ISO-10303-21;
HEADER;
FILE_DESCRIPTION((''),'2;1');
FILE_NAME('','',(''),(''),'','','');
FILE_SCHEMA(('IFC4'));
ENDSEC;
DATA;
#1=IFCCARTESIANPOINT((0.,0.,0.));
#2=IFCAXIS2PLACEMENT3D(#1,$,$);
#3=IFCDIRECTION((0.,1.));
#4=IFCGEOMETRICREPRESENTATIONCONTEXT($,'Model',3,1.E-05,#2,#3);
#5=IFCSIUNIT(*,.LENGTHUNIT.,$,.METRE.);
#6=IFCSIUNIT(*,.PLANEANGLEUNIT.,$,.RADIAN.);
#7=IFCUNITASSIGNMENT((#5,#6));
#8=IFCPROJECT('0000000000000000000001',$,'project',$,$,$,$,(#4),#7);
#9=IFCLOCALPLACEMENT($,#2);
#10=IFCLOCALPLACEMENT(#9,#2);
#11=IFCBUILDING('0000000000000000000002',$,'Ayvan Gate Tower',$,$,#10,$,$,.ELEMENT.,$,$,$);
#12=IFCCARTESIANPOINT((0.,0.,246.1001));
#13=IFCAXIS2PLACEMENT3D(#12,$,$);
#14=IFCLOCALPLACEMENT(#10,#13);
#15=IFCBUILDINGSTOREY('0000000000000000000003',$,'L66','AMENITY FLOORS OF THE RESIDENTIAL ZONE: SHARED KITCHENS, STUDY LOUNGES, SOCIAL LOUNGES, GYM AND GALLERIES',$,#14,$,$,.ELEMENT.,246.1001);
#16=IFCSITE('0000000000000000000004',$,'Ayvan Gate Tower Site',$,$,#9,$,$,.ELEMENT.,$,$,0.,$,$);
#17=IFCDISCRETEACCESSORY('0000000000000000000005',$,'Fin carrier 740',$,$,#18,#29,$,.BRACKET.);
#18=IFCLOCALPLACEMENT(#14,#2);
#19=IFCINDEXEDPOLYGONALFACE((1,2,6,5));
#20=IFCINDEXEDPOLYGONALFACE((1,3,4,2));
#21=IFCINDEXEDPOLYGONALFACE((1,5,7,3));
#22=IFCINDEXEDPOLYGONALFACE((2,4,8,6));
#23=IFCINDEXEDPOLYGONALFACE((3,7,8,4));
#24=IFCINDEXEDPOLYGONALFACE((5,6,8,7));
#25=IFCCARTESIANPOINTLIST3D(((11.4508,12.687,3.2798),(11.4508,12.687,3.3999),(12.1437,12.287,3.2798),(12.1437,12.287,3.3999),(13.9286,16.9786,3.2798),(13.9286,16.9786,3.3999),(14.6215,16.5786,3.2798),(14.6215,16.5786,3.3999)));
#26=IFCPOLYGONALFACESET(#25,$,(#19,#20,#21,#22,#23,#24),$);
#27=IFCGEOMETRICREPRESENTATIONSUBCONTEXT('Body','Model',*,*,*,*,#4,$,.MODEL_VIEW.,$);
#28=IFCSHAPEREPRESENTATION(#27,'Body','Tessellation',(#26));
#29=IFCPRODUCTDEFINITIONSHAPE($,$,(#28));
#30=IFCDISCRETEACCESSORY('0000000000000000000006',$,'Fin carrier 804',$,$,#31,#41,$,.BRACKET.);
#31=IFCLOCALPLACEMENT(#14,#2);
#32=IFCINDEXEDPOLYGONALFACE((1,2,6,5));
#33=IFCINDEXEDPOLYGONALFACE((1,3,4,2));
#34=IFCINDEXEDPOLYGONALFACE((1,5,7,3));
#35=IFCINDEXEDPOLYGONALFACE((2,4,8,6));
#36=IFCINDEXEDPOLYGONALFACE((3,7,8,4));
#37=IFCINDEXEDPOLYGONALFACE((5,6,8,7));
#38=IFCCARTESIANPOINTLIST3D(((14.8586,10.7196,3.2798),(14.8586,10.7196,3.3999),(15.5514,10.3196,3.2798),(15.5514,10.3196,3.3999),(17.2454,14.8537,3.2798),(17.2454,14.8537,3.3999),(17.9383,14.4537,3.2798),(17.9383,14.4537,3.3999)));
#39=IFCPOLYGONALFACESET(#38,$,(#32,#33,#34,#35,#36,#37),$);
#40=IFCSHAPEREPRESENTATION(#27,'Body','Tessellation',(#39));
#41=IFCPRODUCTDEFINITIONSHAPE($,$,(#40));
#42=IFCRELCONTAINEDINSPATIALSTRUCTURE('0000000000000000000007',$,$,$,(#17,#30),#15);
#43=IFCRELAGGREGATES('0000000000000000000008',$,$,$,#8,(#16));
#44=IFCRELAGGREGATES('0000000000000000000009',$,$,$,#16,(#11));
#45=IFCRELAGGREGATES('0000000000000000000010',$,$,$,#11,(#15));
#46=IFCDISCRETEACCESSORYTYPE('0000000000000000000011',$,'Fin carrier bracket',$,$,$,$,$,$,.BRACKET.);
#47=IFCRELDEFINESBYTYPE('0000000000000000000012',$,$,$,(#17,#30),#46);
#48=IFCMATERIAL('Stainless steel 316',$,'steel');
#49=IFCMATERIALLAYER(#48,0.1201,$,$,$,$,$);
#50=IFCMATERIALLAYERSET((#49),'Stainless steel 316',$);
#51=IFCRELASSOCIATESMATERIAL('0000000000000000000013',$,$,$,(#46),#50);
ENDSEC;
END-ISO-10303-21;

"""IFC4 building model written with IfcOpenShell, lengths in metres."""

from ifc_helpers import new_model, si_unit, direction, frame, origin, origin_2d, place, context, subcontext, project, spatial, rectangle, extrude, material, layer, layer_set, type_object, element, save


model = new_model("IFC4")

# Units and contexts
model_context = context("Model", 3, precision=1e-05, world=origin(), true_north=direction((0.0, 1.0)))
body_context = subcontext(model_context, "Body", "Model", "MODEL_VIEW")
ifc_project = project(units=[si_unit("LENGTHUNIT", "METRE"), si_unit("PLANEANGLEUNIT", "RADIAN")], contexts=[model_context])

# Site, building, storey
site_placement = place(None, origin())
site = spatial("IfcSite", under=ifc_project, at=site_placement, Name="Ayvan Gate Tower Site", CompositionType="ELEMENT", RefElevation=0.0)
building_placement = place(site_placement, origin())
building = spatial("IfcBuilding", under=site, at=building_placement, Name="Ayvan Gate Tower", CompositionType="ELEMENT")
storey_placement = place(building_placement, frame((0.0, 0.0, 246.1001)))
storey = spatial("IfcBuildingStorey", under=building, at=storey_placement, Name="L66", Description="AMENITY FLOORS OF THE RESIDENTIAL ZONE: SHARED KITCHENS, STUDY LOUNGES, SOCIAL LOUNGES, GYM AND GALLERIES", CompositionType="ELEMENT", Elevation=246.1001)

# Discrete accessories
ifc_material_1 = material(Name="Stainless steel 316", Category="steel")
ifc_layer_1 = layer(ifc_material_1, 0.1201)
ifc_layer_set_1 = layer_set([ifc_layer_1], Name="Stainless steel 316")
discrete_accessory_type = type_object("IfcDiscreteAccessoryType", Name="Fin carrier bracket", PredefinedType="BRACKET", material=ifc_layer_set_1)
discrete_accessory_1_placement = place(storey_placement, frame((13.0361, 14.6328, 3.2798), z_axis=(0.0, 0.0, 1.0), x_axis=(-0.866025, 0.5, 0.0)))
element("IfcDiscreteAccessory", 1, at=discrete_accessory_1_placement, inside=storey, type_object=discrete_accessory_type, Name="Fin carrier 740", PredefinedType="BRACKET", context=body_context, shape_type="SweptSolid", body=[
    extrude(rectangle(XDim=0.8, YDim=4.9556, at=origin_2d()), origin(), (0.0, 0.0, 1.0), 0.1201),
])
discrete_accessory_2_placement = place(storey_placement, frame((16.3984, 12.5867, 3.2798), z_axis=(0.0, 0.0, 1.0), x_axis=(-0.866025, 0.5, 0.0)))
element("IfcDiscreteAccessory", 2, at=discrete_accessory_2_placement, inside=storey, type_object=discrete_accessory_type, Name="Fin carrier 804", PredefinedType="BRACKET", context=body_context, shape_type="SweptSolid", body=[
    extrude(rectangle(XDim=0.8, YDim=4.7737, at=origin_2d()), origin(), (0.0, 0.0, 1.0), 0.1201),
])

save(model, "model.ifc")
